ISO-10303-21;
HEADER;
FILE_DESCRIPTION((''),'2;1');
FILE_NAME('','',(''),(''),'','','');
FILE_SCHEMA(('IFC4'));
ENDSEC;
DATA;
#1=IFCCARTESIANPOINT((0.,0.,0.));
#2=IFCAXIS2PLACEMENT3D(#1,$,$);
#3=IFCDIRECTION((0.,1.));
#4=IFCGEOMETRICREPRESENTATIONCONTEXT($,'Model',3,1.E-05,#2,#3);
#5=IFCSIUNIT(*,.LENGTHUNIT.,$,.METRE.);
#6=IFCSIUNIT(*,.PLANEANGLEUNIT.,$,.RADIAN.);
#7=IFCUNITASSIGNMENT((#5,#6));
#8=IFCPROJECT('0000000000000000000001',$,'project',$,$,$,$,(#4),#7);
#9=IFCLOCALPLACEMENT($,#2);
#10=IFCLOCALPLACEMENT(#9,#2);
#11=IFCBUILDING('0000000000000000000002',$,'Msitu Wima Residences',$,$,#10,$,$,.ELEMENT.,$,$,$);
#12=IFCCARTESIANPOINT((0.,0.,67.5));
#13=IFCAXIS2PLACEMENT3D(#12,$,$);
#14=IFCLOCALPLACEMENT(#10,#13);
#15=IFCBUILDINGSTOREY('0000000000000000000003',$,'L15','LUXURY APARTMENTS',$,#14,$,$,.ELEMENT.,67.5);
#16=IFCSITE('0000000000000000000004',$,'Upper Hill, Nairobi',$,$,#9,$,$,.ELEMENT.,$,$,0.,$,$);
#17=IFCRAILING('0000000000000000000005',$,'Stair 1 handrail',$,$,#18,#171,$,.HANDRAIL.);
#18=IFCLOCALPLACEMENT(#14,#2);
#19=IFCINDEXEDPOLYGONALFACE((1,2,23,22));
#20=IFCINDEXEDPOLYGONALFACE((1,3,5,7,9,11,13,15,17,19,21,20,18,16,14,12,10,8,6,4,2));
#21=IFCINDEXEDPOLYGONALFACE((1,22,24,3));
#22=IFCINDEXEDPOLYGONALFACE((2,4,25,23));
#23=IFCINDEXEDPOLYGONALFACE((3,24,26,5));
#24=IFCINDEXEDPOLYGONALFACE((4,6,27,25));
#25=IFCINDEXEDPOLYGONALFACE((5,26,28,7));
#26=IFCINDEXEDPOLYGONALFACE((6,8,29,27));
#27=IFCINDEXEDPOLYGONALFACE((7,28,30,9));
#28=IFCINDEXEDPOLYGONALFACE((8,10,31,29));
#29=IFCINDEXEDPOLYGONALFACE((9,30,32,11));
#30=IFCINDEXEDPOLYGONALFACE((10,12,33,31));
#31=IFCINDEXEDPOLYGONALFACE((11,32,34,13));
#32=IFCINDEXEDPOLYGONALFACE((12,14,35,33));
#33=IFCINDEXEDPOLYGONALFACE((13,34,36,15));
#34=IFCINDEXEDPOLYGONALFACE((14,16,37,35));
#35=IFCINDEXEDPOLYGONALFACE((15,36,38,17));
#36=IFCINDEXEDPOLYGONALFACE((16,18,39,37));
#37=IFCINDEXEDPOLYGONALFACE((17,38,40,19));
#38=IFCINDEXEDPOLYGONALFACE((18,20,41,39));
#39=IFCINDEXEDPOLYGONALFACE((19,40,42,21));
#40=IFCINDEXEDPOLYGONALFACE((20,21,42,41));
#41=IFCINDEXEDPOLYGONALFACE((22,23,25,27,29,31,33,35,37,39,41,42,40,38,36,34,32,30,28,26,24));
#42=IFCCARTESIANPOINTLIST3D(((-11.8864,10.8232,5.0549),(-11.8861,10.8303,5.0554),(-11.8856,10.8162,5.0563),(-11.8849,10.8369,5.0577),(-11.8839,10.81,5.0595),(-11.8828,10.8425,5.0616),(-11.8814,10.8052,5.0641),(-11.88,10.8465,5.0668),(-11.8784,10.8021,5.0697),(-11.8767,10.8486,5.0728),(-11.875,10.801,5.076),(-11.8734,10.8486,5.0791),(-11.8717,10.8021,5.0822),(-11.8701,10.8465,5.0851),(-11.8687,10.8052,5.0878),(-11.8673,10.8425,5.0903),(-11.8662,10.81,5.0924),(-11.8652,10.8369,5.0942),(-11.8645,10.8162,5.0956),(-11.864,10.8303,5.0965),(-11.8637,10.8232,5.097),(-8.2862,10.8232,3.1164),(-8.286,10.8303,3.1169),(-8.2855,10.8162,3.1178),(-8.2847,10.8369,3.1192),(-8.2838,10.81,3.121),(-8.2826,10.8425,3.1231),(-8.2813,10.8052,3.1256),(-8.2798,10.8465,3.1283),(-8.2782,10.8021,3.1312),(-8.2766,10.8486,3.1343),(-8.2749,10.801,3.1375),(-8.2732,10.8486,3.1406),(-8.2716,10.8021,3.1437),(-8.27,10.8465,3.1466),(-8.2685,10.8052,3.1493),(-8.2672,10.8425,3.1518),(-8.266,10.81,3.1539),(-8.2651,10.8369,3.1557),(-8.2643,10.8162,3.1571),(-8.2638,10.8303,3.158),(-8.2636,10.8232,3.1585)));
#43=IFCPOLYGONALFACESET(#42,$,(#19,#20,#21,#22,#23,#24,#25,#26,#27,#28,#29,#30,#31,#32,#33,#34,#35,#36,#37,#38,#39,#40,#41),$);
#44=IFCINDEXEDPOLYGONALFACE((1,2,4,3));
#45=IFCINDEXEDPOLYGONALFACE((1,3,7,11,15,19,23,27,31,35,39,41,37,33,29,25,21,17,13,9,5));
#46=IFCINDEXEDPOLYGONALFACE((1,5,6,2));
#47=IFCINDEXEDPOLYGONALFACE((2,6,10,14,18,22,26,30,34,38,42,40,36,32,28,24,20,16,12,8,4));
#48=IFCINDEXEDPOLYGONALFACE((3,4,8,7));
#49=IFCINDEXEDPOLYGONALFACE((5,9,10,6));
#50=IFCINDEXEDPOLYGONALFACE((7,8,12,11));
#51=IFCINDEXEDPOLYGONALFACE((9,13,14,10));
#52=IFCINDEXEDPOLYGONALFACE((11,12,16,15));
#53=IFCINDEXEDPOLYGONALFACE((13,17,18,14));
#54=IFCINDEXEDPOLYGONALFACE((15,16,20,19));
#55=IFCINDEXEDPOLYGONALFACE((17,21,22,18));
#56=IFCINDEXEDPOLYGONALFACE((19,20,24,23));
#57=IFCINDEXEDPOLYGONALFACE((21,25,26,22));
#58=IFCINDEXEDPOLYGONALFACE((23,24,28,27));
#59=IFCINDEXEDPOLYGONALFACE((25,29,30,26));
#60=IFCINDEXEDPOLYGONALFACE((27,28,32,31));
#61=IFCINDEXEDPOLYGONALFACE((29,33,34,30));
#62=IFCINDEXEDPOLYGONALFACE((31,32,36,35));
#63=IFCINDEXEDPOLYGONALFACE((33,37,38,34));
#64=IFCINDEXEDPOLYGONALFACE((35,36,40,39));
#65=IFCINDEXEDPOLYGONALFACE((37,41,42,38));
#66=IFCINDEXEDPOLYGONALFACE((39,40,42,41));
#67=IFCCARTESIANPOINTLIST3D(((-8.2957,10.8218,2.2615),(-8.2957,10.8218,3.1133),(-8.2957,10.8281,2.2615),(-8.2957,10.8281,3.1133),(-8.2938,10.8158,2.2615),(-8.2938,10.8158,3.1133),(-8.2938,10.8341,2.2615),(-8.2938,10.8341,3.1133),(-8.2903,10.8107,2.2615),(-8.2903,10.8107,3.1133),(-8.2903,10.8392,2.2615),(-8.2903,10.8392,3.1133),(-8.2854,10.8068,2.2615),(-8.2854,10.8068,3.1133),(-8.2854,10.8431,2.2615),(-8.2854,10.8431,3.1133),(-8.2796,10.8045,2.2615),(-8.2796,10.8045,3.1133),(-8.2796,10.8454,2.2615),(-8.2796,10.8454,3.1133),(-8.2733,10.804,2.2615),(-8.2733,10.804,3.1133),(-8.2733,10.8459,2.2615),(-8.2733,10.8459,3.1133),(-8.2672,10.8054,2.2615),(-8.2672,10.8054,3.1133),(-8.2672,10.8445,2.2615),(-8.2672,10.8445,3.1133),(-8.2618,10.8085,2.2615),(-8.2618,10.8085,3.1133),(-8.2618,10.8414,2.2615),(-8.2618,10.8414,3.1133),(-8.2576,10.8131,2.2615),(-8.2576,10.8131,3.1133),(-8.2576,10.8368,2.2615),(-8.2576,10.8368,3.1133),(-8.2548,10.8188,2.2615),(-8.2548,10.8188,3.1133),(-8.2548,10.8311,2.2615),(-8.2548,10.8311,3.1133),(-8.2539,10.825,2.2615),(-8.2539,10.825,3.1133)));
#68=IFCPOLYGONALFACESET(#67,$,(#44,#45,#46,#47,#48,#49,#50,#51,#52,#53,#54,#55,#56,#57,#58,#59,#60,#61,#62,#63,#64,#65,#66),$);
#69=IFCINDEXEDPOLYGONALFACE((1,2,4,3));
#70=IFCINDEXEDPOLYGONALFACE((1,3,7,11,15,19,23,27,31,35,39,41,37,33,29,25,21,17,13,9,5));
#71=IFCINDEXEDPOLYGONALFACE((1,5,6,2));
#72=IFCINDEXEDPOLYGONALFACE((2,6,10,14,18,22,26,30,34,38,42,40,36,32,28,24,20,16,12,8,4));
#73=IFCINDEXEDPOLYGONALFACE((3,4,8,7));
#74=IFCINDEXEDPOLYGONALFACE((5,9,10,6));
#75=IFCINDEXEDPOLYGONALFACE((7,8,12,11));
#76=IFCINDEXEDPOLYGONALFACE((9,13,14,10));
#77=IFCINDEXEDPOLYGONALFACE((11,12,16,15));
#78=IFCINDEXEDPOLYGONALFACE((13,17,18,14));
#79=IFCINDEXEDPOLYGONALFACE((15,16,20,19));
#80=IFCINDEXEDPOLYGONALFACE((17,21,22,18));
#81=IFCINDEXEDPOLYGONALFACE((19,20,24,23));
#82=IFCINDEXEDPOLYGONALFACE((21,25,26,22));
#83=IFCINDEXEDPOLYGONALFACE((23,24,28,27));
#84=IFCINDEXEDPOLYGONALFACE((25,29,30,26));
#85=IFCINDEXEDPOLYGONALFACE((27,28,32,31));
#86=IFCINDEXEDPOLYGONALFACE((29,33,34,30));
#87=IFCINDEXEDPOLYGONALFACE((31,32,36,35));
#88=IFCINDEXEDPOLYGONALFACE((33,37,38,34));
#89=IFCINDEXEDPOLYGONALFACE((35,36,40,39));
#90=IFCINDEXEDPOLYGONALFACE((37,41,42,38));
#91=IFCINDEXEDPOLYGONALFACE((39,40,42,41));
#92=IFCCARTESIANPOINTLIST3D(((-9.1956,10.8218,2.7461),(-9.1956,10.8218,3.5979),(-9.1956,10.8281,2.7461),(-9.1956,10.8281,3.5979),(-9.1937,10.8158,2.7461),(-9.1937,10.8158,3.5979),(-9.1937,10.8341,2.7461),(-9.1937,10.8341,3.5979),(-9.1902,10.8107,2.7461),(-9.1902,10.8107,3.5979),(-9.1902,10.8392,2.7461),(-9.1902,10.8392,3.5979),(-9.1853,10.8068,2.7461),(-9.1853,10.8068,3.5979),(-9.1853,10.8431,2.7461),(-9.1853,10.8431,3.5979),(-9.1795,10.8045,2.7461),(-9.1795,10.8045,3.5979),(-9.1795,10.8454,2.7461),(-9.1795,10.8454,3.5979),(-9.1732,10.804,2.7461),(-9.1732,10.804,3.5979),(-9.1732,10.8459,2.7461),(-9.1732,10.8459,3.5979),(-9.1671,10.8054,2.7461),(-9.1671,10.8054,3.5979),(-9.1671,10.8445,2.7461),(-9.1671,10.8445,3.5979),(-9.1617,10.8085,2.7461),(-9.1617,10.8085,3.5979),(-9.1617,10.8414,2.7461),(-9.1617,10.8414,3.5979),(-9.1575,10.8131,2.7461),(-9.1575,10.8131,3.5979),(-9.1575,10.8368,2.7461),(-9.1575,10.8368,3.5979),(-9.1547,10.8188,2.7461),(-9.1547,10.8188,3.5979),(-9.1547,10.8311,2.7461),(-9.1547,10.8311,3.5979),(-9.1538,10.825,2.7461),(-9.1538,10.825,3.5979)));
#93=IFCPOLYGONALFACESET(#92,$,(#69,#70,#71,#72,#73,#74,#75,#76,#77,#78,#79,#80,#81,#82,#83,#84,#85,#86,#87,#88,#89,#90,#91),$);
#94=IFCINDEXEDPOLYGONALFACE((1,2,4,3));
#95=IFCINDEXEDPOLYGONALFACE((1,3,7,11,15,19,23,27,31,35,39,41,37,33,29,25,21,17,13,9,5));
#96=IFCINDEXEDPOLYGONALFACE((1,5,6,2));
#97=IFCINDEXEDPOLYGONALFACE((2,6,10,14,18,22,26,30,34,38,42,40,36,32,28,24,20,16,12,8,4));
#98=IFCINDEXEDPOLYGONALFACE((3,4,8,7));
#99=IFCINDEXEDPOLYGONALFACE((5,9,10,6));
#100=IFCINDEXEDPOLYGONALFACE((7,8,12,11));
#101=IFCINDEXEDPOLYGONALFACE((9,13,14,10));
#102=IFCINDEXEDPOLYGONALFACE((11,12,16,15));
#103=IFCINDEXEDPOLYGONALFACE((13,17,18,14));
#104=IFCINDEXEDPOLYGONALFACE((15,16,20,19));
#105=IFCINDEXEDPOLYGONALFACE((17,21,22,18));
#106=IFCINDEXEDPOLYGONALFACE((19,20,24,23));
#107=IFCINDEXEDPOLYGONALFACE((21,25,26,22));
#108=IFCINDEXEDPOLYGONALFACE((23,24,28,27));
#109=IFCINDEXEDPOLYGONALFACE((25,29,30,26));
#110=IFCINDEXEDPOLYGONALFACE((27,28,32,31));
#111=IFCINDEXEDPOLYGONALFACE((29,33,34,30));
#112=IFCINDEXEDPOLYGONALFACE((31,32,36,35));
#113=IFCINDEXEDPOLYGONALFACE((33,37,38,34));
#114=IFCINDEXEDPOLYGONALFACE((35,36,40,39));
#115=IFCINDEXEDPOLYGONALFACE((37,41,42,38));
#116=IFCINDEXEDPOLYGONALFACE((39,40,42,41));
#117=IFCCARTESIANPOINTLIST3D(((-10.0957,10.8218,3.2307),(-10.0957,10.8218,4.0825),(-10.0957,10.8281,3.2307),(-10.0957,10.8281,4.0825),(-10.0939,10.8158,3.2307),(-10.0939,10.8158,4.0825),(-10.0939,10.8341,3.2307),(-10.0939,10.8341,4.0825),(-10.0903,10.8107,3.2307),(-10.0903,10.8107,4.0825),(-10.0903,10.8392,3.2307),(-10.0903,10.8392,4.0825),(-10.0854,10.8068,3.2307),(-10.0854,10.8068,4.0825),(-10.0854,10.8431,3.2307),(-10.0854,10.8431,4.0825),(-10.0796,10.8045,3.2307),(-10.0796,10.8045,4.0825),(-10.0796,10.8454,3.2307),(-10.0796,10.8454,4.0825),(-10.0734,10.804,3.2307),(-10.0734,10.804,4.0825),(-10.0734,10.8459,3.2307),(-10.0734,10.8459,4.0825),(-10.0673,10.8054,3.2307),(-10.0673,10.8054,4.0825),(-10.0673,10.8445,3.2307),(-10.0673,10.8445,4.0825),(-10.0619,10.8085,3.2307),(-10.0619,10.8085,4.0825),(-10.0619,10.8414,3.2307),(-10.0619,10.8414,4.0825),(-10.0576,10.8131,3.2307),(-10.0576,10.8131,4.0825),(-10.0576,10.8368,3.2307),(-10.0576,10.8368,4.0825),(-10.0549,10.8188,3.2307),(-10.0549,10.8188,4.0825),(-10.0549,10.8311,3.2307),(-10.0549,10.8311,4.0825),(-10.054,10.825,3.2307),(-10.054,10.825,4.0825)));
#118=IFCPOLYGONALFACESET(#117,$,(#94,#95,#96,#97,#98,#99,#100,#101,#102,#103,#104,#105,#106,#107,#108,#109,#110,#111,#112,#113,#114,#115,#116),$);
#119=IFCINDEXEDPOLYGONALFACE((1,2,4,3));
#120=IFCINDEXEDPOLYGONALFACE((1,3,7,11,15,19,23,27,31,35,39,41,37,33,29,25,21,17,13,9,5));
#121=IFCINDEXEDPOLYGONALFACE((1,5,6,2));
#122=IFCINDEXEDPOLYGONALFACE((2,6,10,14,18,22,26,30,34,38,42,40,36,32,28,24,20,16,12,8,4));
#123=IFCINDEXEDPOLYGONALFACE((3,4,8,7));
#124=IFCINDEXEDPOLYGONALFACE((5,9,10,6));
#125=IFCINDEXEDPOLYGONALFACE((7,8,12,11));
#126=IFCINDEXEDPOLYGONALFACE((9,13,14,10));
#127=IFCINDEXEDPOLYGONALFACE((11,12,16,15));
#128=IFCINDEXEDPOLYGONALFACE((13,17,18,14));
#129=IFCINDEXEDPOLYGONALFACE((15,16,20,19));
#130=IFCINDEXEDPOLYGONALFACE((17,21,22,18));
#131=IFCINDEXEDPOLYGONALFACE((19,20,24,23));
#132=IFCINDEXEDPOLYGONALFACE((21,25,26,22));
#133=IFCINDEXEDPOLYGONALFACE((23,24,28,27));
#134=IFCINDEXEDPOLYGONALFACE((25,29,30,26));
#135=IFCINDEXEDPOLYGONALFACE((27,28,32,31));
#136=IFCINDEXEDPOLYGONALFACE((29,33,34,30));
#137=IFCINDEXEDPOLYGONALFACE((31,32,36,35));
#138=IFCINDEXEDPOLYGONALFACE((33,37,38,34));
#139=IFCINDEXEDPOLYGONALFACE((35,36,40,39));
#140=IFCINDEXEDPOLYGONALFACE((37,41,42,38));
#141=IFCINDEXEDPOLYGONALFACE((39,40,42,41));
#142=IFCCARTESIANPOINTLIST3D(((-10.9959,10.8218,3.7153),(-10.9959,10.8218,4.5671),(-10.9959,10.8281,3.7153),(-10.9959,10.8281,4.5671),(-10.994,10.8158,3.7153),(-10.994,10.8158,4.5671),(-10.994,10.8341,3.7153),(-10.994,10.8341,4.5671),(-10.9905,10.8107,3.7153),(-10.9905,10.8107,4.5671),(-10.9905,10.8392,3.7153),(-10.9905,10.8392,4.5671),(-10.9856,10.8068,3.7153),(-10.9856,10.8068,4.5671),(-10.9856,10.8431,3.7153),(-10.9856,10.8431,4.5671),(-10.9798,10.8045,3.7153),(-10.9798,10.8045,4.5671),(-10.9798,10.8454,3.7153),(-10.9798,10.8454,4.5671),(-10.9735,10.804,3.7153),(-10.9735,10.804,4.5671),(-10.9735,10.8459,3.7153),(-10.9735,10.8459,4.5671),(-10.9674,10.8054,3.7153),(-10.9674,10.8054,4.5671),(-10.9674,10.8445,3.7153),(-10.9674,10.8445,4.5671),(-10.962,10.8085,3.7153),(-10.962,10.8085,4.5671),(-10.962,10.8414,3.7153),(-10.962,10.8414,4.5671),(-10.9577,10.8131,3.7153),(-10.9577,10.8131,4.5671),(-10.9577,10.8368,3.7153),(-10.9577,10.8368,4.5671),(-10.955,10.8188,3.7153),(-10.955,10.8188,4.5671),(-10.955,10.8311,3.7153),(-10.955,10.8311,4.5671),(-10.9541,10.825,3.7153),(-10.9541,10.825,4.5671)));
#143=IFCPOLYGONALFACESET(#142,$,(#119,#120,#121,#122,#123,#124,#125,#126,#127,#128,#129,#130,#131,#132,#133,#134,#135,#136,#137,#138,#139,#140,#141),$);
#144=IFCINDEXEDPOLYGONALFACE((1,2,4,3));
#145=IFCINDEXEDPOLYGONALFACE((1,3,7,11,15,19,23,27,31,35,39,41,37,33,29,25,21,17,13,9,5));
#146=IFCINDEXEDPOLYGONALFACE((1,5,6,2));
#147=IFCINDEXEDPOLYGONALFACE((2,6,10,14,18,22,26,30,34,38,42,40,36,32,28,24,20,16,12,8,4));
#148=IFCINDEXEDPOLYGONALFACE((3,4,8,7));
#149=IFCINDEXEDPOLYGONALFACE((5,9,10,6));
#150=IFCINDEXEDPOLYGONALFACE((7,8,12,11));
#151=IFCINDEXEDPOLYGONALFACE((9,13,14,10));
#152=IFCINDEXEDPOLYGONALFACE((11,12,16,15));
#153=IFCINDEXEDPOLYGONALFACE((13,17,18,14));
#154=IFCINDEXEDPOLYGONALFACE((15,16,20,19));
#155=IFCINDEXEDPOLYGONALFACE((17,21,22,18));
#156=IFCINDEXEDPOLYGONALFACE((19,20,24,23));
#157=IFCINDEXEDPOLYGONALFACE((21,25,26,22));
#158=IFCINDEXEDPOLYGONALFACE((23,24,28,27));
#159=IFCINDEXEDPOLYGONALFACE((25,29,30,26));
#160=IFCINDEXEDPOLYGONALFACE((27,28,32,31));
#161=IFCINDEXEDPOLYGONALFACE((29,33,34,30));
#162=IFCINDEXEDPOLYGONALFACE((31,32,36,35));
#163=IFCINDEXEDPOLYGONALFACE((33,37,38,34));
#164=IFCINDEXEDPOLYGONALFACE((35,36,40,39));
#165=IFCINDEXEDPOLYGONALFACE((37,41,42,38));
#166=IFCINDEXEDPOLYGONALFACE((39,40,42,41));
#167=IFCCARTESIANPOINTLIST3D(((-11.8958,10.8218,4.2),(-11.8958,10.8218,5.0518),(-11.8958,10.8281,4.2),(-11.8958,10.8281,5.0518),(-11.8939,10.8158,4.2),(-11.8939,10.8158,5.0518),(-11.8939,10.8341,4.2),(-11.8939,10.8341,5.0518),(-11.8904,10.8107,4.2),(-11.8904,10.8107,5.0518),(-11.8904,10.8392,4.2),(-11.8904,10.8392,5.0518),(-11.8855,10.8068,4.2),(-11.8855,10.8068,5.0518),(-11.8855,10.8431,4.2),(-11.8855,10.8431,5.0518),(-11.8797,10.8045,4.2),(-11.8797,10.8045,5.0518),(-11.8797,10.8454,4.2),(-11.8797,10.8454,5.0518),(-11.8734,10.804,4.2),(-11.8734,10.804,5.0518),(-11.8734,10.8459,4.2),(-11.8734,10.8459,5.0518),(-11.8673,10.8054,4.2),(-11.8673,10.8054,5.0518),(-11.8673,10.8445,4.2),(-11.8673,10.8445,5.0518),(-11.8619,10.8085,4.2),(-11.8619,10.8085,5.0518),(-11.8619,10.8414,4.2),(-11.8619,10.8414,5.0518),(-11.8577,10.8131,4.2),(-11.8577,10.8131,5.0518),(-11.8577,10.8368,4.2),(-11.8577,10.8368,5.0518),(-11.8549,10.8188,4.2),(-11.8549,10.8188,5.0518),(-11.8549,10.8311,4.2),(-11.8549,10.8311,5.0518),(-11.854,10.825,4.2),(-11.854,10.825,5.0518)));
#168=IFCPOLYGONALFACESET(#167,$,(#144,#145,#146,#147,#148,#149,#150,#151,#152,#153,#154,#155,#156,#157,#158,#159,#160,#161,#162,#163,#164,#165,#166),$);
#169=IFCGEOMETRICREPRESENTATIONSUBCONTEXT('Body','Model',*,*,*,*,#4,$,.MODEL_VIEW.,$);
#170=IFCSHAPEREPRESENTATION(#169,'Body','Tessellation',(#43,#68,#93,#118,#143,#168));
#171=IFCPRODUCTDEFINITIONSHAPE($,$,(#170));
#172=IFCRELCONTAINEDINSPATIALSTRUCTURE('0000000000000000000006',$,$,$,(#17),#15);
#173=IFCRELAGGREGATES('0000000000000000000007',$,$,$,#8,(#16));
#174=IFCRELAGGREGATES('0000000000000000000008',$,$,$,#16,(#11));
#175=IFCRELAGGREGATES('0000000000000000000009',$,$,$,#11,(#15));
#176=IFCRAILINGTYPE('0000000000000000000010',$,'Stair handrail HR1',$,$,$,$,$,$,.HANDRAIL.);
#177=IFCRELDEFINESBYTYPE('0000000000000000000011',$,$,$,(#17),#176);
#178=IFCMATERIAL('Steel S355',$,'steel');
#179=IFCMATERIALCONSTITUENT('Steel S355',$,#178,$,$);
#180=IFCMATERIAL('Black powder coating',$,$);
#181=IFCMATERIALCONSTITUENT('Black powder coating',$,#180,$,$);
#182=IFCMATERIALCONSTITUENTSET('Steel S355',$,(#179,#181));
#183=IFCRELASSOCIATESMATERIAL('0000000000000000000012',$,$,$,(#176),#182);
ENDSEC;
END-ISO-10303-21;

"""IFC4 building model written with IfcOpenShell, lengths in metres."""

from ifc_helpers import new_model, si_unit, direction, frame, origin, origin_2d, place, context, subcontext, project, spatial, circle, extrude, material, constituent, constituent_set, type_object, element, save


model = new_model("IFC4")

# Units and contexts
model_context = context("Model", 3, precision=1e-05, world=origin(), true_north=direction((0.0, 1.0)))
body_context = subcontext(model_context, "Body", "Model", "MODEL_VIEW")
ifc_project = project(units=[si_unit("LENGTHUNIT", "METRE"), si_unit("PLANEANGLEUNIT", "RADIAN")], contexts=[model_context])

# Site, building, storey
site_placement = place(None, origin())
site = spatial("IfcSite", under=ifc_project, at=site_placement, Name="Upper Hill, Nairobi", CompositionType="ELEMENT", RefElevation=0.0)
building_placement = place(site_placement, origin())
building = spatial("IfcBuilding", under=site, at=building_placement, Name="Msitu Wima Residences", CompositionType="ELEMENT")
storey_placement = place(building_placement, frame((0.0, 0.0, 67.5)))
storey = spatial("IfcBuildingStorey", under=building, at=storey_placement, Name="L15", Description="LUXURY APARTMENTS", CompositionType="ELEMENT", Elevation=67.5)

# Railing
ifc_material_1 = material(Name="Steel S355", Category="steel")
ifc_constituent_1 = constituent(ifc_material_1, Name="Steel S355")
ifc_material_2 = material(Name="Black powder coating")
ifc_constituent_2 = constituent(ifc_material_2, Name="Black powder coating")
ifc_constituent_set = constituent_set(constituents=[ifc_constituent_1, ifc_constituent_2], Name="Steel S355")
railing_type = type_object("IfcRailingType", Name="Stair handrail HR1", PredefinedType="HANDRAIL", material=ifc_constituent_set)
for number, where, name in (
    (1, (-8.2749, 10.825, 2.2615), "Stair 1 handrail"),
):
    element("IfcRailing", number, at=place(storey_placement, frame(where)), inside=storey, type_object=railing_type, Name=name, PredefinedType="HANDRAIL", context=body_context, shape_type="SweptSolid", body=[
        extrude(circle(Radius=0.0239, at=origin_2d()), frame((0.0, 0.0, 0.876), z_axis=(-0.880475, 0.0, 0.474093), x_axis=(0.0, -1.0, 0.0)), (0.0, 0.0, 1.0), 4.0889),
        extrude(circle(Radius=0.021, at=origin_2d()), origin(), (0.0, 0.0, 1.0), 0.8518),
        extrude(circle(Radius=0.021, at=origin_2d()), frame((-0.8999, 0.0, 0.4846)), (0.0, 0.0, 1.0), 0.8518),
        extrude(circle(Radius=0.021, at=origin_2d()), frame((-1.8, 0.0, 0.9692)), (0.0, 0.0, 1.0), 0.8518),
        extrude(circle(Radius=0.021, at=origin_2d()), frame((-2.7002, 0.0, 1.4539)), (0.0, 0.0, 1.0), 0.8518),
        extrude(circle(Radius=0.021, at=origin_2d()), frame((-3.6001, 0.0, 1.9385)), (0.0, 0.0, 1.0), 0.8518),
    ])

save(model, "model.ifc")
